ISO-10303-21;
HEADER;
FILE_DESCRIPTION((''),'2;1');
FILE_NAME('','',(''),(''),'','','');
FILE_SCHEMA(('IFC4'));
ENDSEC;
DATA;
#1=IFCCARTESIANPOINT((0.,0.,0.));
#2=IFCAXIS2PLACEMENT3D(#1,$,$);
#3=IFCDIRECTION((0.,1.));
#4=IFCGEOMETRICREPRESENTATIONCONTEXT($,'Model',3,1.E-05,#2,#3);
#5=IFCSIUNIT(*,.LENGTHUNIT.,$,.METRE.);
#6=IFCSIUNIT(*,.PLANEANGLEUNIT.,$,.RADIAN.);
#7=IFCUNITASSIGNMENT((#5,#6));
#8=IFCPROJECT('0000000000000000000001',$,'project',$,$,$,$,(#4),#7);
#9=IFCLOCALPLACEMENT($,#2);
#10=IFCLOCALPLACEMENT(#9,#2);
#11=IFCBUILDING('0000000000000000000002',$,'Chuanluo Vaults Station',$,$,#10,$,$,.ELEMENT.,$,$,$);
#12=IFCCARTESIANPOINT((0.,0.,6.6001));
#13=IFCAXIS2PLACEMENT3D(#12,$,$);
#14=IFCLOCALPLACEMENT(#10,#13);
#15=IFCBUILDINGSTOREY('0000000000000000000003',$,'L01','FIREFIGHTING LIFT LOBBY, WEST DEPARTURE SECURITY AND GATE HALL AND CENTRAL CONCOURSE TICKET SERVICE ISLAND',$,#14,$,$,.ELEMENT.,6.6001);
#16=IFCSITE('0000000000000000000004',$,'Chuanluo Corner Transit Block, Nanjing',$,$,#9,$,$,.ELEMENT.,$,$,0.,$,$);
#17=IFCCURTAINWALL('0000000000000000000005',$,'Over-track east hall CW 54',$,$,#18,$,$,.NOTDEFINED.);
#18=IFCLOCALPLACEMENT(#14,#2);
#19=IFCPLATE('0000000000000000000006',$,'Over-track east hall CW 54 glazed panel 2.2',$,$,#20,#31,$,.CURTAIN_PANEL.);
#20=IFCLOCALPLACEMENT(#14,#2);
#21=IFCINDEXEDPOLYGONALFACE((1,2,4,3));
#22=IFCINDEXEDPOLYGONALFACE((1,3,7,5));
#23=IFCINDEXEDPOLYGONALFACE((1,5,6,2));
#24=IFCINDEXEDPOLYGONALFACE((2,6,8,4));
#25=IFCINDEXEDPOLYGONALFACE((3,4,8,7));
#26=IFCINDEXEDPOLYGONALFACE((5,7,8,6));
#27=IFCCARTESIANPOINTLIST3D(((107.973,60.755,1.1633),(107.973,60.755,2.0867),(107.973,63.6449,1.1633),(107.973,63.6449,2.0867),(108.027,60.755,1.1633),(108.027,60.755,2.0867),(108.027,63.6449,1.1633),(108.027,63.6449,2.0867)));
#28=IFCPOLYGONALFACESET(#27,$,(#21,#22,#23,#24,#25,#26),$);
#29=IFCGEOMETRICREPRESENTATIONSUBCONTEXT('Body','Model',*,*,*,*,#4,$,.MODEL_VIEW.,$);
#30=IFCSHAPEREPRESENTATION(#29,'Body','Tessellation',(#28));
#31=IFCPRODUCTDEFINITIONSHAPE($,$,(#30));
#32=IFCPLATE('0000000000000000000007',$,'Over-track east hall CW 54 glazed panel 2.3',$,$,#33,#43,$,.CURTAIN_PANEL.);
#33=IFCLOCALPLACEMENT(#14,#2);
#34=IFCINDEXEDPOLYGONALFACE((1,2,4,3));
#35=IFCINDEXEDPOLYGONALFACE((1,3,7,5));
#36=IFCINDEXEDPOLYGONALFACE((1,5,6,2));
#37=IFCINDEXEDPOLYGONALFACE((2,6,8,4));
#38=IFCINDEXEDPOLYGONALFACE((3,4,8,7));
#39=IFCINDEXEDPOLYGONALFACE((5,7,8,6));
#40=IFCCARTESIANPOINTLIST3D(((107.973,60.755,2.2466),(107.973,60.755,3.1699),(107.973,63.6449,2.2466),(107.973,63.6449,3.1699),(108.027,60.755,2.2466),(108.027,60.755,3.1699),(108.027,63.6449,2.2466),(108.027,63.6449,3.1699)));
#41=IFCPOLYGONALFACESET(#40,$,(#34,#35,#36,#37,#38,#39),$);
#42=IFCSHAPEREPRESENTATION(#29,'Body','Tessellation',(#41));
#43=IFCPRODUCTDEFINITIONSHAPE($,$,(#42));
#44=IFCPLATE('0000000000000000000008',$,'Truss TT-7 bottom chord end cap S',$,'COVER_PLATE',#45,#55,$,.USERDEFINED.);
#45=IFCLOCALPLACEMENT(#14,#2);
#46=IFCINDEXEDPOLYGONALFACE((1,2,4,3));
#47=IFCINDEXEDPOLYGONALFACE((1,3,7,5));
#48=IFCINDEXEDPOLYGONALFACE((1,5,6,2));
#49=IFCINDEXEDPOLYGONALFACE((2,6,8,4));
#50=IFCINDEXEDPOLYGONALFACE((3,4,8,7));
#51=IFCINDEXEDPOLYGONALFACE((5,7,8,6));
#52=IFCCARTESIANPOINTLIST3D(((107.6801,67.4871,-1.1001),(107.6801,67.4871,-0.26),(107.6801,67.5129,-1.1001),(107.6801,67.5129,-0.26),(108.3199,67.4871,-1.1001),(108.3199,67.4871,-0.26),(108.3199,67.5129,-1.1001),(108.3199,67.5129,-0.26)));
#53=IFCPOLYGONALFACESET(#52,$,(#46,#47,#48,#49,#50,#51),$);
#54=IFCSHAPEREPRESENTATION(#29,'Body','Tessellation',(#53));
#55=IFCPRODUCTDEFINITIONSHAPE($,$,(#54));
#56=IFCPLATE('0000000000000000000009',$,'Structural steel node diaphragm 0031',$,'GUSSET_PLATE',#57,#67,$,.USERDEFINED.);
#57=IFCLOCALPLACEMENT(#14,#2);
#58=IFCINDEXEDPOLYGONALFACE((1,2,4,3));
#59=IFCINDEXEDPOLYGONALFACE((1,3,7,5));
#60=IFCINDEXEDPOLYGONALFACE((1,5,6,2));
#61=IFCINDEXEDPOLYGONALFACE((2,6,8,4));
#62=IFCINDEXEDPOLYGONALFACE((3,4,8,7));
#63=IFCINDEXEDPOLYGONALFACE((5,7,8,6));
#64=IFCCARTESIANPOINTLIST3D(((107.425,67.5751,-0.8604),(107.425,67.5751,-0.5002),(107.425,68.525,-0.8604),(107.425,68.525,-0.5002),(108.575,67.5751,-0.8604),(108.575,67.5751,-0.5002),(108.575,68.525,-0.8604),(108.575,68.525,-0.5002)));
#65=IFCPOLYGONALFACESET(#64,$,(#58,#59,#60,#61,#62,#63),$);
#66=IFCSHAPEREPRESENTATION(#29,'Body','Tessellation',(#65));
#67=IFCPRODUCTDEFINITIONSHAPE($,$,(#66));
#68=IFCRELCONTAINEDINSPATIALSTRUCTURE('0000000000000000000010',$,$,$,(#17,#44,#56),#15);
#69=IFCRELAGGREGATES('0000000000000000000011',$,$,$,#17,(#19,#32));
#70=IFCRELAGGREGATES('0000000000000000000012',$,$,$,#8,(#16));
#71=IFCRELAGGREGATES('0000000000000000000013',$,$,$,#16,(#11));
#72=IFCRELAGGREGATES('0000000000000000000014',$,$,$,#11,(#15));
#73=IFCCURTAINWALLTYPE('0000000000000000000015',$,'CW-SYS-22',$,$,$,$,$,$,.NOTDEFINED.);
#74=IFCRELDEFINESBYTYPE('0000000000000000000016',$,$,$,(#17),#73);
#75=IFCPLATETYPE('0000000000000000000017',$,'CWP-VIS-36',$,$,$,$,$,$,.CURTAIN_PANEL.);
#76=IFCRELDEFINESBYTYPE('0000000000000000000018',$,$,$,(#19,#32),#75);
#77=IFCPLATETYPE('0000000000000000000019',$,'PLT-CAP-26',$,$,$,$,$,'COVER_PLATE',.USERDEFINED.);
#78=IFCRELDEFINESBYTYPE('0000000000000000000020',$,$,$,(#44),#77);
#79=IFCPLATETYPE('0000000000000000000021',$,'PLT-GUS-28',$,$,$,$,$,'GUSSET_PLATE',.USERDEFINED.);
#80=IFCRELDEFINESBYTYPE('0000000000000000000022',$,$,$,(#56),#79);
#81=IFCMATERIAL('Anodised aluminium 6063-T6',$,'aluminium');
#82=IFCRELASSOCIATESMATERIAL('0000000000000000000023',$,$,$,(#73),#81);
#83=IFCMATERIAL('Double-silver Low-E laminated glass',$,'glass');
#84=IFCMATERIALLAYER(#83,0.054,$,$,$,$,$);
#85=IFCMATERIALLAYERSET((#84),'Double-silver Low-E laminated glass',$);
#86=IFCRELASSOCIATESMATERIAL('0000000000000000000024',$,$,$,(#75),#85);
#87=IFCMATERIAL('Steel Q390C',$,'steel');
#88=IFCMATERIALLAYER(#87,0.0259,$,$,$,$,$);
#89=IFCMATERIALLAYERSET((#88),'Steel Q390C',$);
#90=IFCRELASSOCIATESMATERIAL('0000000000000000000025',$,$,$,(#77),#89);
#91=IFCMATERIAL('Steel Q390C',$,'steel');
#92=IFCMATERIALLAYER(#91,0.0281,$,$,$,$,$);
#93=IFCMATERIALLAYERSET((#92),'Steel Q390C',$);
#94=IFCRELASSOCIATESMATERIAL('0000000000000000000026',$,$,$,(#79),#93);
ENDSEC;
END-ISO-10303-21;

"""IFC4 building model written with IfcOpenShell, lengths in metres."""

from ifc_helpers import new_model, si_unit, direction, frame, origin, origin_2d, place, context, subcontext, project, spatial, rectangle, extrude, material, layer, layer_set, type_object, element, aggregate, save


model = new_model("IFC4")

# Units and contexts
model_context = context("Model", 3, precision=1e-05, world=origin(), true_north=direction((0.0, 1.0)))
body_context = subcontext(model_context, "Body", "Model", "MODEL_VIEW")
ifc_project = project(units=[si_unit("LENGTHUNIT", "METRE"), si_unit("PLANEANGLEUNIT", "RADIAN")], contexts=[model_context])

# Site, building, storey
site_placement = place(None, origin())
site = spatial("IfcSite", under=ifc_project, at=site_placement, Name="Chuanluo Corner Transit Block, Nanjing", CompositionType="ELEMENT", RefElevation=0.0)
building_placement = place(site_placement, origin())
building = spatial("IfcBuilding", under=site, at=building_placement, Name="Chuanluo Vaults Station", CompositionType="ELEMENT")
storey_placement = place(building_placement, frame((0.0, 0.0, 6.6001)))
storey = spatial("IfcBuildingStorey", under=building, at=storey_placement, Name="L01", Description="FIREFIGHTING LIFT LOBBY, WEST DEPARTURE SECURITY AND GATE HALL AND CENTRAL CONCOURSE TICKET SERVICE ISLAND", CompositionType="ELEMENT", Elevation=6.6001)

# Curtain wall
ifc_material_1 = material(Name="Anodised aluminium 6063-T6", Category="aluminium")
curtain_wall_type = type_object("IfcCurtainWallType", Name="CW-SYS-22", PredefinedType="NOTDEFINED", material=ifc_material_1)
curtain_wall_placement = place(storey_placement, origin())
curtain_wall = element("IfcCurtainWall", 1, at=curtain_wall_placement, inside=storey, type_object=curtain_wall_type, Name="Over-track east hall CW 54", PredefinedType="NOTDEFINED")

# Plates
ifc_material_2 = material(Name="Double-silver Low-E laminated glass", Category="glass")
ifc_layer_1 = layer(ifc_material_2, 0.054)
ifc_layer_set_1 = layer_set([ifc_layer_1], Name="Double-silver Low-E laminated glass")
plate_type_1 = type_object("IfcPlateType", Name="CWP-VIS-36", PredefinedType="CURTAIN_PANEL", material=ifc_layer_set_1)
plate_1_placement = place(storey_placement, frame((108.0, 62.2, 1.1633), z_axis=(0.0, 0.0, 1.0), x_axis=(0.0, -1.0, 0.0)))
plate_1 = element("IfcPlate", 2, at=plate_1_placement, type_object=plate_type_1, Name="Over-track east hall CW 54 glazed panel 2.2", PredefinedType="CURTAIN_PANEL", context=body_context, shape_type="SweptSolid", body=[
    extrude(rectangle(XDim=2.8899, YDim=0.054, at=origin_2d()), origin(), (0.0, 0.0, 1.0), 0.9233),
])
plate_2_placement = place(storey_placement, frame((108.0, 62.2, 2.2466), z_axis=(0.0, 0.0, 1.0), x_axis=(0.0, -1.0, 0.0)))
plate_2 = element("IfcPlate", 3, at=plate_2_placement, type_object=plate_type_1, Name="Over-track east hall CW 54 glazed panel 2.3", PredefinedType="CURTAIN_PANEL", context=body_context, shape_type="SweptSolid", body=[
    extrude(rectangle(XDim=2.8899, YDim=0.054, at=origin_2d()), origin(), (0.0, 0.0, 1.0), 0.9233),
])
aggregate(curtain_wall, [plate_1, plate_2])

# Plates
ifc_material_3 = material(Name="Steel Q390C", Category="steel")
ifc_layer_2 = layer(ifc_material_3, 0.0259)
ifc_layer_set_2 = layer_set([ifc_layer_2], Name="Steel Q390C")
plate_type_2 = type_object("IfcPlateType", Name="PLT-CAP-26", ElementType="COVER_PLATE", PredefinedType="USERDEFINED", material=ifc_layer_set_2)
plate_3_placement = place(storey_placement, frame((108.0, 67.5, -1.1001), z_axis=(0.0, 0.0, 1.0), x_axis=(1.0, 0.0, 0.0)))
element("IfcPlate", 4, at=plate_3_placement, inside=storey, type_object=plate_type_2, Name="Truss TT-7 bottom chord end cap S", ObjectType="COVER_PLATE", PredefinedType="USERDEFINED", context=body_context, shape_type="SweptSolid", body=[
    extrude(rectangle(XDim=0.6399, YDim=0.0259, at=origin_2d()), origin(), (0.0, 0.0, 1.0), 0.8401),
])
ifc_material_4 = material(Name="Steel Q390C", Category="steel")
ifc_layer_3 = layer(ifc_material_4, 0.0281)
ifc_layer_set_3 = layer_set([ifc_layer_3], Name="Steel Q390C")
plate_type_3 = type_object("IfcPlateType", Name="PLT-GUS-28", ElementType="GUSSET_PLATE", PredefinedType="USERDEFINED", material=ifc_layer_set_3)
plate_4_placement = place(storey_placement, frame((108.0, 68.05, -0.8604), z_axis=(0.0, 0.0, 1.0), x_axis=(1.0, 0.0, 0.0)))
element("IfcPlate", 5, at=plate_4_placement, inside=storey, type_object=plate_type_3, Name="Structural steel node diaphragm 0031", ObjectType="GUSSET_PLATE", PredefinedType="USERDEFINED", context=body_context, shape_type="SweptSolid", body=[
    extrude(rectangle(XDim=1.1499, YDim=0.95, at=origin_2d()), origin(), (0.0, 0.0, 1.0), 0.3601),
])

save(model, "model.ifc")
